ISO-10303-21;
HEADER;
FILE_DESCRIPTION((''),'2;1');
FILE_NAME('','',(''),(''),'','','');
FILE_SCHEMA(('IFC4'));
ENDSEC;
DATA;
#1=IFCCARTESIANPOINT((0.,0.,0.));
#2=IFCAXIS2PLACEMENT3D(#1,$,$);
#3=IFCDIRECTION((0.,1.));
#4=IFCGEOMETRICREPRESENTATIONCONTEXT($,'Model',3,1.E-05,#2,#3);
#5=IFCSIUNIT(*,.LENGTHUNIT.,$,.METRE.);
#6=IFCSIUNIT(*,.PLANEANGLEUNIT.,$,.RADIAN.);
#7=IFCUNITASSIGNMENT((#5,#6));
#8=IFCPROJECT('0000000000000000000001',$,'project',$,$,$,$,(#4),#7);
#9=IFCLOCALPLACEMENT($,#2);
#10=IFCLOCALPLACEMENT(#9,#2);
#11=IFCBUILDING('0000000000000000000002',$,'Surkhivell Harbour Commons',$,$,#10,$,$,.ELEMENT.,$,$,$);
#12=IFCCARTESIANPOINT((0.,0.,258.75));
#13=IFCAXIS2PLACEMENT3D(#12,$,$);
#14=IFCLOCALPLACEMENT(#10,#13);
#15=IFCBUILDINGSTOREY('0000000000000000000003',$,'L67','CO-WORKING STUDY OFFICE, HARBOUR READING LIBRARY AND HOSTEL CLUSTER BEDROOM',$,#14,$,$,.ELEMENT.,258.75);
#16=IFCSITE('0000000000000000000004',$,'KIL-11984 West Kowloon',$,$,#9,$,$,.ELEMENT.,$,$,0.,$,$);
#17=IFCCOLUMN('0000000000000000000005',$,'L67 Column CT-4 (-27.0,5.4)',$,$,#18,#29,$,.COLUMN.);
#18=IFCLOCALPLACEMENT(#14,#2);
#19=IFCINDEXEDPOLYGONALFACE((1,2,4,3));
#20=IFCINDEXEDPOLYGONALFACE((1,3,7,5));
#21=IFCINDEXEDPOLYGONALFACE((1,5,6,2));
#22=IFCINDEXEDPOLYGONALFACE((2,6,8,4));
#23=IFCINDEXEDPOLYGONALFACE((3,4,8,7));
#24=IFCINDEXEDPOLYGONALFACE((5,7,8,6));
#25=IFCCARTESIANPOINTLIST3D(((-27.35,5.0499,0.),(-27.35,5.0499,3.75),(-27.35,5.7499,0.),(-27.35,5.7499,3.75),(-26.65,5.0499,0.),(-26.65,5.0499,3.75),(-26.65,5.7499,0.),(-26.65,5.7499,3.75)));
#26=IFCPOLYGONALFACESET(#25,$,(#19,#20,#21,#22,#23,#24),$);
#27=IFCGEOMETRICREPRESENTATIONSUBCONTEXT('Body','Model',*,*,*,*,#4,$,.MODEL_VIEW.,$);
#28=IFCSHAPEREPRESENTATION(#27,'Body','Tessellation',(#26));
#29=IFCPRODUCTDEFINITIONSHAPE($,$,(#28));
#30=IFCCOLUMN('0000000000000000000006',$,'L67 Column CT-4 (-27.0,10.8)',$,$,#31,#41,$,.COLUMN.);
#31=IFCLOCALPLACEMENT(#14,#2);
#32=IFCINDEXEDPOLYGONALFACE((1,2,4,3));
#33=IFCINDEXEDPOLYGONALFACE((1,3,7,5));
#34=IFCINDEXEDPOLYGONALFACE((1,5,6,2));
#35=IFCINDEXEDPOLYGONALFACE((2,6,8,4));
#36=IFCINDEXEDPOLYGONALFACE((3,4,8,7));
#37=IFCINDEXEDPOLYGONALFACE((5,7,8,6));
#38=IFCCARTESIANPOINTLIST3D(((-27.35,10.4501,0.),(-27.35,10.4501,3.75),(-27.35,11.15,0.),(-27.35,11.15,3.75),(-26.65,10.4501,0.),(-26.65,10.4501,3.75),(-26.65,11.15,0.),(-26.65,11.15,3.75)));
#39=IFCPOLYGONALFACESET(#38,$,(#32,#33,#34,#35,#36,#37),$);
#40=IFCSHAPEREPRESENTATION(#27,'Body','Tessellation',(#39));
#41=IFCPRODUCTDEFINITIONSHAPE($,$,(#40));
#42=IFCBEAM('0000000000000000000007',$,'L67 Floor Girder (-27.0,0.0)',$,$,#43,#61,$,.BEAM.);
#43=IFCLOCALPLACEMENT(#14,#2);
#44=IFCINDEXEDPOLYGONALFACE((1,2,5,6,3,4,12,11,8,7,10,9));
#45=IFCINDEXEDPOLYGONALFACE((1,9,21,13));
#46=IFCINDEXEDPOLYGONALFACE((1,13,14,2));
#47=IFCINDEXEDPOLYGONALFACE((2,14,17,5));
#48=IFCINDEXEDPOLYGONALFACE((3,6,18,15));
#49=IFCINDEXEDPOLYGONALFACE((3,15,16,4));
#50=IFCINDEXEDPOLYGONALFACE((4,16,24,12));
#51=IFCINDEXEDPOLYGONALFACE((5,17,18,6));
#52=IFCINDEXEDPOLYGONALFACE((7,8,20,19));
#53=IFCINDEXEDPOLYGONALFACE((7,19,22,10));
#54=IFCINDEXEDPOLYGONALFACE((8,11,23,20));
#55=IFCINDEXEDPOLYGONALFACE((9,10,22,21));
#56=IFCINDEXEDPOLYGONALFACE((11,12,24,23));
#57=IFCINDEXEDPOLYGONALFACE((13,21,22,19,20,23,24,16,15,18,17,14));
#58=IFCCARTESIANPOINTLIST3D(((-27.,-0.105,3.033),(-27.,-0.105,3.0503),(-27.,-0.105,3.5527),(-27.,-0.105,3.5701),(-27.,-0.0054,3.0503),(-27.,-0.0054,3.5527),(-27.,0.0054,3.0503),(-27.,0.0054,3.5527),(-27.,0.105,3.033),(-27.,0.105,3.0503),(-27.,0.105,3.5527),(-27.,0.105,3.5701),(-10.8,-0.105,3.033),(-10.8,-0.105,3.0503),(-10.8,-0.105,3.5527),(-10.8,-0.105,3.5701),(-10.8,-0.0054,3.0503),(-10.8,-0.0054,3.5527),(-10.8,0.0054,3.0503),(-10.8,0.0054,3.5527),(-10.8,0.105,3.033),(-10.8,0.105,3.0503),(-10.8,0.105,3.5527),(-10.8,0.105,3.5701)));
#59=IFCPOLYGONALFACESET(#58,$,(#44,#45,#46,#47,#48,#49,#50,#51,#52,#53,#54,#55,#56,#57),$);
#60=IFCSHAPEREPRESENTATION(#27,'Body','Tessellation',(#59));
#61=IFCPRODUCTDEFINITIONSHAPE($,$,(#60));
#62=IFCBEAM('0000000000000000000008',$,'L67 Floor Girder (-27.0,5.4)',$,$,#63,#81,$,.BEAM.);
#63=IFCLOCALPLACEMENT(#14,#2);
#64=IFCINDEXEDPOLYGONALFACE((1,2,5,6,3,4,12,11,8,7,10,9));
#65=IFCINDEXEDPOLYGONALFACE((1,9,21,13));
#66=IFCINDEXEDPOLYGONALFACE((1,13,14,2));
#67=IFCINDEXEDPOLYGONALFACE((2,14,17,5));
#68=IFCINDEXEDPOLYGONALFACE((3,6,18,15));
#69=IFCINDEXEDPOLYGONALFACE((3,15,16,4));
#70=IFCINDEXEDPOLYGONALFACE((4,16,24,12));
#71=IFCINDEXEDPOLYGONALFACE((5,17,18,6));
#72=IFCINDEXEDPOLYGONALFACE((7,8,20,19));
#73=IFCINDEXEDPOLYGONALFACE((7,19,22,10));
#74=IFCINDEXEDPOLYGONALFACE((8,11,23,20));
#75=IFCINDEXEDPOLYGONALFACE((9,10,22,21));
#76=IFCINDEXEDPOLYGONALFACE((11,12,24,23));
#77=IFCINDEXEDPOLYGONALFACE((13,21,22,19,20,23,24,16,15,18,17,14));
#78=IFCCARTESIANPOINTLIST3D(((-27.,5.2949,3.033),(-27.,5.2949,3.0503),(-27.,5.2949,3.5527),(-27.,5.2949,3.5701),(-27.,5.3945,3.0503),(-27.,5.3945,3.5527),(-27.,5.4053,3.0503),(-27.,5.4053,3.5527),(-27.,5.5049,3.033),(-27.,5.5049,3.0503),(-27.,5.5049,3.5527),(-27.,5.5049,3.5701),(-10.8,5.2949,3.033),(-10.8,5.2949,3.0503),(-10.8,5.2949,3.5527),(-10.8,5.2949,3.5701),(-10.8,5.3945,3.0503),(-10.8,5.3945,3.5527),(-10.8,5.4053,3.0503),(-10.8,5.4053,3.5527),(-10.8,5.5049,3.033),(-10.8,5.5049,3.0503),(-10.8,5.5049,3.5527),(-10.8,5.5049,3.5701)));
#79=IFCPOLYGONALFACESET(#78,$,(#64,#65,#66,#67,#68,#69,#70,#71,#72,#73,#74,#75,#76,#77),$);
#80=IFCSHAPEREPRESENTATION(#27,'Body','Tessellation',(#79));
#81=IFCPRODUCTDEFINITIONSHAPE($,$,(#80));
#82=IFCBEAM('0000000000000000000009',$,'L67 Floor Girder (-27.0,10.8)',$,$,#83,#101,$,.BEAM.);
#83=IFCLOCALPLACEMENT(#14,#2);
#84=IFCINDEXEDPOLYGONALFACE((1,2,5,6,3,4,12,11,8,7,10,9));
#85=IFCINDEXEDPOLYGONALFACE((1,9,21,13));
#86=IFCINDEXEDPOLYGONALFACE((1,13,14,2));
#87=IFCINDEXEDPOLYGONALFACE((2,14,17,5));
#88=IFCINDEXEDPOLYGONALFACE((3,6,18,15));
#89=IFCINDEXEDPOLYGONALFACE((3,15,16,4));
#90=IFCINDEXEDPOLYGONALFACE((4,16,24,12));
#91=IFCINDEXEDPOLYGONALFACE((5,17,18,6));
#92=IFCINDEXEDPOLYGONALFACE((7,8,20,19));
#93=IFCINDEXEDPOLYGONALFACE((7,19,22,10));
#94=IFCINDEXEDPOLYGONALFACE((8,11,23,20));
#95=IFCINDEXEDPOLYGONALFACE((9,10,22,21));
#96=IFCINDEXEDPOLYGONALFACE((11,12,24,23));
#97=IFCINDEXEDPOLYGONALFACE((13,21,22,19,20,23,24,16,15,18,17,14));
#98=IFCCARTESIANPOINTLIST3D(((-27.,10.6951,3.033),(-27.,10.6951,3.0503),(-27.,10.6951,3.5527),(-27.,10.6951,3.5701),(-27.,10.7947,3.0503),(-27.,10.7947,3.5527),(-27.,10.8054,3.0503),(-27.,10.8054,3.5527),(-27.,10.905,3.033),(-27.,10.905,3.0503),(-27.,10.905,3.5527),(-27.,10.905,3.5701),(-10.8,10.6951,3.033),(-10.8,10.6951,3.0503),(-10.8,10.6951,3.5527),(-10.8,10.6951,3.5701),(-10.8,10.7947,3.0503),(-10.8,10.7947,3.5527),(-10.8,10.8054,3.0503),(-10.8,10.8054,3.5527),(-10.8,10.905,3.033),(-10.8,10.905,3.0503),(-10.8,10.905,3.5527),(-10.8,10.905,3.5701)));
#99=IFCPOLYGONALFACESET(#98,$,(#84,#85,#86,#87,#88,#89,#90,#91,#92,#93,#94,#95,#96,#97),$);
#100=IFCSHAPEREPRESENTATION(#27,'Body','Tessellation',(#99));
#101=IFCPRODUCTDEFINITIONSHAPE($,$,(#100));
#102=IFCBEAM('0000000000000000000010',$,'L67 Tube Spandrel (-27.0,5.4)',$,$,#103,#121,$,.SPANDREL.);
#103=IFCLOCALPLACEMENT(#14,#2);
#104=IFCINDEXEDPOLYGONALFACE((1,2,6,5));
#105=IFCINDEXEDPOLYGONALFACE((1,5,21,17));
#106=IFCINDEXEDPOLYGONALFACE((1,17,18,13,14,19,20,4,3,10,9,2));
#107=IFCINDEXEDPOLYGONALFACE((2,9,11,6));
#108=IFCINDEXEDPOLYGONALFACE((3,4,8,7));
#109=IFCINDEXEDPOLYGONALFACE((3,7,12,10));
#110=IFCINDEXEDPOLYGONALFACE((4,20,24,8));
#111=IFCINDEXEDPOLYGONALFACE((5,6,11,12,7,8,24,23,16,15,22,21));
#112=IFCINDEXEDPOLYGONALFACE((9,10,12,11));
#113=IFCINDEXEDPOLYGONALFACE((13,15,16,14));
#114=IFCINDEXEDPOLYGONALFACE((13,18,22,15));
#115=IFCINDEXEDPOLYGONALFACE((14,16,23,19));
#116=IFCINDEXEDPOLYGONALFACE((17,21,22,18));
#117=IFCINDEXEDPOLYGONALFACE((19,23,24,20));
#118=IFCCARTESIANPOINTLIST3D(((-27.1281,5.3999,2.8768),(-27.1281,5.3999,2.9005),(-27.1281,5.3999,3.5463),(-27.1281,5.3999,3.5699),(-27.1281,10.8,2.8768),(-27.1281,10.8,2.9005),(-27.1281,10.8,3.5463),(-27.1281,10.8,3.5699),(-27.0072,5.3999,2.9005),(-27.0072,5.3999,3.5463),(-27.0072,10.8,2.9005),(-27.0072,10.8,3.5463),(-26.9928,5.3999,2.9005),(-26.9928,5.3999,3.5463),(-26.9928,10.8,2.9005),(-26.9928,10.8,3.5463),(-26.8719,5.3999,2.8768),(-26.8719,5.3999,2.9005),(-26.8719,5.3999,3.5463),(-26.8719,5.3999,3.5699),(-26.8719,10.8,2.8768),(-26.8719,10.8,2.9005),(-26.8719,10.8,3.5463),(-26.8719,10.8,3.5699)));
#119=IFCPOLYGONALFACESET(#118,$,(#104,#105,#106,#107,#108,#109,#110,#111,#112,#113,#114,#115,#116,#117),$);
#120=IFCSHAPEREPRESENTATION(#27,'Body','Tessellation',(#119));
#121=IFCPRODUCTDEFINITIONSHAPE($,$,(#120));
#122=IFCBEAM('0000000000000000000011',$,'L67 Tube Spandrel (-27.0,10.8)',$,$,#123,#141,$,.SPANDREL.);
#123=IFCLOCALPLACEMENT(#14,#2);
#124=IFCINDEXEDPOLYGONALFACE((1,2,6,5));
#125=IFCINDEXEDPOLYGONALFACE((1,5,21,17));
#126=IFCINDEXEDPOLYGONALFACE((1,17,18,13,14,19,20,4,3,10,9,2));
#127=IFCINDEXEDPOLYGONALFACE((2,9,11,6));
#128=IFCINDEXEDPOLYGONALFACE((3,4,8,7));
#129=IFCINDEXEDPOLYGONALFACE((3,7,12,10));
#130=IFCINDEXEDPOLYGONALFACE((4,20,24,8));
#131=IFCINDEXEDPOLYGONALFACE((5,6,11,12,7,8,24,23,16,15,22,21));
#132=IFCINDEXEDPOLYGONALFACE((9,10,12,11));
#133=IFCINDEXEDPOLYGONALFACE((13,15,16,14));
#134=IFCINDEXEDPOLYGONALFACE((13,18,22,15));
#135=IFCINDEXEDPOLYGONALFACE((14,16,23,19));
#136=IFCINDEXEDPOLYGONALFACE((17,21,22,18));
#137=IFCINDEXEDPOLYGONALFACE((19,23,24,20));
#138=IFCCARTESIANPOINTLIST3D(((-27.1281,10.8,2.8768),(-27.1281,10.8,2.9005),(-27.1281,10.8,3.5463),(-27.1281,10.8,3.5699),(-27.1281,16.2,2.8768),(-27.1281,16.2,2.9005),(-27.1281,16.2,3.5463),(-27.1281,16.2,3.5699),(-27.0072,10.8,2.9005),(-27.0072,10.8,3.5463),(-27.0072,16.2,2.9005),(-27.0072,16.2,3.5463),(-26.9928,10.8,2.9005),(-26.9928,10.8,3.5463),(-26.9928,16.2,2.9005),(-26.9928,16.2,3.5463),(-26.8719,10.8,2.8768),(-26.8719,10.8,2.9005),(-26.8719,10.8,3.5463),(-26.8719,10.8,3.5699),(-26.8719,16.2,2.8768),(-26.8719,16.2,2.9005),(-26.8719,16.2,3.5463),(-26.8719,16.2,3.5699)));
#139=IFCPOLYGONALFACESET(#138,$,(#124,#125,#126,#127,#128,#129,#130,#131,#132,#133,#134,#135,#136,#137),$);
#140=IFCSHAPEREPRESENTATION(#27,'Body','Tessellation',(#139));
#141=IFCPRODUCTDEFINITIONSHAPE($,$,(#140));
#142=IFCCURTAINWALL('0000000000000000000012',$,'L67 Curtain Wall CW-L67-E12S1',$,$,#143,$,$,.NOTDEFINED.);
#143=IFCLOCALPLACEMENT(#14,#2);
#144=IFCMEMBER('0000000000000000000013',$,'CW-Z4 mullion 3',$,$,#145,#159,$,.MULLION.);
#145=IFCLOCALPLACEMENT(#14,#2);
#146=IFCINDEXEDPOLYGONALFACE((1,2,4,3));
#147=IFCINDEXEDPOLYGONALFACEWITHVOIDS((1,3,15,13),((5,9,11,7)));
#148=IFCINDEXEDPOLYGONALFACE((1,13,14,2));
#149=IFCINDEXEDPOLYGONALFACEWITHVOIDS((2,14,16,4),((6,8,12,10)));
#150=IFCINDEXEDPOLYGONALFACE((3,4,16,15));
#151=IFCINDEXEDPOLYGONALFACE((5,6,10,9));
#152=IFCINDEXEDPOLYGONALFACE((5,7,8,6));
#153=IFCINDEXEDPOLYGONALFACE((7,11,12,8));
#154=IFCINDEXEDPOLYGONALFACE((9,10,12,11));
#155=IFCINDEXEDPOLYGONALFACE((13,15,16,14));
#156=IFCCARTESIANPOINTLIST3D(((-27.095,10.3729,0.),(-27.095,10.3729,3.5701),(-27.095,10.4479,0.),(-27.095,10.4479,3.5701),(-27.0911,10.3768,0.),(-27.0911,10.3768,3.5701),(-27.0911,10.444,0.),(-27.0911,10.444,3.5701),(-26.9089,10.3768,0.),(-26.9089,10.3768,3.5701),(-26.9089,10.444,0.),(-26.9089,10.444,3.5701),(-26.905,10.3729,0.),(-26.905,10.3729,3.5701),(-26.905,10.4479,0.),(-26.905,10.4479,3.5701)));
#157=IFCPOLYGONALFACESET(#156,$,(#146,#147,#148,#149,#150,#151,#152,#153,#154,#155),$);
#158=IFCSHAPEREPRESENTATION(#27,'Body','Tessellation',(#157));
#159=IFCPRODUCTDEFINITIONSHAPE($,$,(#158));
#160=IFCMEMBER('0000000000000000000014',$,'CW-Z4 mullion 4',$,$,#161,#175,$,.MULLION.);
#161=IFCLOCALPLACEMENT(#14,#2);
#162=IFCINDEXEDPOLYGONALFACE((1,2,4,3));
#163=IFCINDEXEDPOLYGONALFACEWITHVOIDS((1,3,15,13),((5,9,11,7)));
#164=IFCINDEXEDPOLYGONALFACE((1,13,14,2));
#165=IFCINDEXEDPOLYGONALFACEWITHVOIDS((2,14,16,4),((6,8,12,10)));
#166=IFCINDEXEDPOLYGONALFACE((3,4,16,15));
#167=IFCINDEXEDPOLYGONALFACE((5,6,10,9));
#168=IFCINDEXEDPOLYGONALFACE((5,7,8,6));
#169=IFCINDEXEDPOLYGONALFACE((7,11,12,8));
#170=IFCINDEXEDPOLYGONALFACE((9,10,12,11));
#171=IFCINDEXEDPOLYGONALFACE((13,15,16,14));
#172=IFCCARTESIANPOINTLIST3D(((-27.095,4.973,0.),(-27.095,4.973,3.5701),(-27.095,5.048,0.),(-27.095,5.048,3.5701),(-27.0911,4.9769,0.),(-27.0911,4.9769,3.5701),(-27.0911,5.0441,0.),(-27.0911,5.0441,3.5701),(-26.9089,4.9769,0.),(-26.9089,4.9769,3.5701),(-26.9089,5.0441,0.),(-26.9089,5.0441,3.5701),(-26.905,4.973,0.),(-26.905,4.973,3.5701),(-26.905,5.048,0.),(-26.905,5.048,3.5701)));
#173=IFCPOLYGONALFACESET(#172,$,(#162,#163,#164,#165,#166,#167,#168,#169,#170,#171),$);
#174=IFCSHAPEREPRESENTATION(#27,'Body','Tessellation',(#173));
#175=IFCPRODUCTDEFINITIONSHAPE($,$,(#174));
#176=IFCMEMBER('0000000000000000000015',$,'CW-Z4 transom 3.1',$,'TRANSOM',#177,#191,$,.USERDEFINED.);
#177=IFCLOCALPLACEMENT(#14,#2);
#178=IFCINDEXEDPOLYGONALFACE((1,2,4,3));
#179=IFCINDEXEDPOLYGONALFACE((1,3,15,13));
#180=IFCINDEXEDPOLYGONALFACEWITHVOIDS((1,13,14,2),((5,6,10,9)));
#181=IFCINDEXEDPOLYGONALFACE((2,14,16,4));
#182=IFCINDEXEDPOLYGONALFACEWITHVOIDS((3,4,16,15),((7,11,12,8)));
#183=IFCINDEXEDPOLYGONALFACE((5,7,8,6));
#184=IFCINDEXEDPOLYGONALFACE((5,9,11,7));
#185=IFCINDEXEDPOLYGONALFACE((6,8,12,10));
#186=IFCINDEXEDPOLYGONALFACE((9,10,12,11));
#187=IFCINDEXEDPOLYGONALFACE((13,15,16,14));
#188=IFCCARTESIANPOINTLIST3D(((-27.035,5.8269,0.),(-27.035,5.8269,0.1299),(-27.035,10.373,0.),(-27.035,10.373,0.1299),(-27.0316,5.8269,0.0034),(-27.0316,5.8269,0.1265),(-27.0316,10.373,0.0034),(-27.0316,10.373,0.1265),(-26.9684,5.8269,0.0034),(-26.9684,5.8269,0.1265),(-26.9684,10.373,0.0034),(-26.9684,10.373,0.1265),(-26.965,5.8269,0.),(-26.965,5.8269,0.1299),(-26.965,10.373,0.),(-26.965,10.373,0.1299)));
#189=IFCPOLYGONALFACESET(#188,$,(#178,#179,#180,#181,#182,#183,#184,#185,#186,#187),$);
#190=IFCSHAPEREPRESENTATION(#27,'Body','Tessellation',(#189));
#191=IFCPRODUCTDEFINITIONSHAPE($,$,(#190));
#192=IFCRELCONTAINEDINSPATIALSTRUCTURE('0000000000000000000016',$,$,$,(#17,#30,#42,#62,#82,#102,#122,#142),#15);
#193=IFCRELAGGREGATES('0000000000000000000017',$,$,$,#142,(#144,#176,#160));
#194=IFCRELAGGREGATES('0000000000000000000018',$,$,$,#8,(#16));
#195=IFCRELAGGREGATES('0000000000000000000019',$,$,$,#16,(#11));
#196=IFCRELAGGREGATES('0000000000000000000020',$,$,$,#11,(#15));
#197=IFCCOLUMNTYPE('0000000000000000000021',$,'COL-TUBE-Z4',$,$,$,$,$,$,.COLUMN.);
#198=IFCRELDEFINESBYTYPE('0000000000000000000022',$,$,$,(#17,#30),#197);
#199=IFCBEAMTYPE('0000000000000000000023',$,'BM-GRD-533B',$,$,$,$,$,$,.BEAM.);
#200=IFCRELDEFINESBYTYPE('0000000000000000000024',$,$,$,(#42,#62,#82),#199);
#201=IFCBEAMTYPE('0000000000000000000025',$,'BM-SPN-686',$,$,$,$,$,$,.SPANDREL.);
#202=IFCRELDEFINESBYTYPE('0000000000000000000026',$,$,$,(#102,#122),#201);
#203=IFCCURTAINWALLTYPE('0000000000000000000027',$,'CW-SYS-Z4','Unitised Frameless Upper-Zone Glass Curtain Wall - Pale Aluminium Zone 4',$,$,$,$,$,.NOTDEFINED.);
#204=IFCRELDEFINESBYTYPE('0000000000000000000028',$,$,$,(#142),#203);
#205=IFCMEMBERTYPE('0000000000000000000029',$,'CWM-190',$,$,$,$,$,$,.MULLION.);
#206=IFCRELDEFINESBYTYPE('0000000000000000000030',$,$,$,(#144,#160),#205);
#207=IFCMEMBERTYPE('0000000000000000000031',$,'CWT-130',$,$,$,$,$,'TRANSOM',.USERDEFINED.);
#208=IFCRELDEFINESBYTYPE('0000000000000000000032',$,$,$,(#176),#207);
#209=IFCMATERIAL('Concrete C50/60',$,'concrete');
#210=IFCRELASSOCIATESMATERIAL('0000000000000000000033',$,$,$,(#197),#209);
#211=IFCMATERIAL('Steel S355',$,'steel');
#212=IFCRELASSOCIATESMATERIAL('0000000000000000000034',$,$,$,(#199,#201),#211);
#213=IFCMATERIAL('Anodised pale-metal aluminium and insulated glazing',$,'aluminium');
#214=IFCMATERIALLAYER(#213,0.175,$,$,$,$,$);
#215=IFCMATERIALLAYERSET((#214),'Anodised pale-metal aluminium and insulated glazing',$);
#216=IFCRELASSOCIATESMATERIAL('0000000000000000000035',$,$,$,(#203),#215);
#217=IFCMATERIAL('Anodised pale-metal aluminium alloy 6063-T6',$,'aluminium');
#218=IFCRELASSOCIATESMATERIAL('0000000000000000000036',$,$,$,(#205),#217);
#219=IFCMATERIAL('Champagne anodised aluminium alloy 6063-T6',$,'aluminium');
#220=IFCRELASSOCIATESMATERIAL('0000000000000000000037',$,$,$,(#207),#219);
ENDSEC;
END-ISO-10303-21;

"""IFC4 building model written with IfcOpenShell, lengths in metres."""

from ifc_helpers import new_model, si_unit, direction, frame, origin, origin_2d, place, context, subcontext, project, spatial, rectangle, hollow_rectangle, i_section, extrude, material, layer, layer_set, material_profile, profile_set, type_object, element, aggregate, save


model = new_model("IFC4")

# Units and contexts
model_context = context("Model", 3, precision=1e-05, world=origin(), true_north=direction((0.0, 1.0)))
body_context = subcontext(model_context, "Body", "Model", "MODEL_VIEW")
ifc_project = project(units=[si_unit("LENGTHUNIT", "METRE"), si_unit("PLANEANGLEUNIT", "RADIAN")], contexts=[model_context])

# Site, building, storey
site_placement = place(None, origin())
site = spatial("IfcSite", under=ifc_project, at=site_placement, Name="KIL-11984 West Kowloon", CompositionType="ELEMENT", RefElevation=0.0)
building_placement = place(site_placement, origin())
building = spatial("IfcBuilding", under=site, at=building_placement, Name="Surkhivell Harbour Commons", CompositionType="ELEMENT")
storey_placement = place(building_placement, frame((0.0, 0.0, 258.75)))
storey = spatial("IfcBuildingStorey", under=building, at=storey_placement, Name="L67", Description="CO-WORKING STUDY OFFICE, HARBOUR READING LIBRARY AND HOSTEL CLUSTER BEDROOM", CompositionType="ELEMENT", Elevation=258.75)

# Columns
ifc_material_1 = material(Name="Concrete C50/60", Category="concrete")
ifc_material_profile_1 = material_profile(ifc_material_1, rectangle(XDim=0.7, YDim=0.7, at=origin_2d()), Name="RC-COL-700x700")
ifc_profile_set_1 = profile_set([ifc_material_profile_1], Name="Concrete C50/60")
column_type = type_object("IfcColumnType", Name="COL-TUBE-Z4", PredefinedType="COLUMN", material=ifc_profile_set_1)
for number, where, z_axis, x_axis, name in (
    (1, (-27.0, 5.3999, 0.0), (0.0, 0.0, 1.0), (1.0, 0.0, 0.0), "L67 Column CT-4 (-27.0,5.4)"),
    (2, (-27.0, 10.8, 0.0), (0.0, 0.0, 1.0), (1.0, 0.0, 0.0), "L67 Column CT-4 (-27.0,10.8)"),
):
    element("IfcColumn", number, at=place(storey_placement, frame(where, z_axis=z_axis, x_axis=x_axis)), inside=storey, type_object=column_type, Name=name, PredefinedType="COLUMN", context=body_context, shape_type="SweptSolid", body=[
        extrude(rectangle(XDim=0.7, YDim=0.7, at=origin_2d()), origin(), (0.0, 0.0, 1.0), 3.75),
    ])

# Beams
ifc_material_2 = material(Name="Steel S355", Category="steel")
ifc_material_profile_2 = material_profile(ifc_material_2, i_section(OverallWidth=0.21, OverallDepth=0.5371, WebThickness=0.0107, FlangeThickness=0.0173, at=origin_2d()), Name="UB533x210x101")
ifc_profile_set_2 = profile_set([ifc_material_profile_2], Name="Steel S355")
beam_type_1 = type_object("IfcBeamType", Name="BM-GRD-533B", PredefinedType="BEAM", material=ifc_profile_set_2)
for number, where, z_axis, x_axis, name in (
    (3, (-27.0, 0.0, 3.3015), (1.0, 0.0, 0.0), (0.0, 1.0, 0.0), "L67 Floor Girder (-27.0,0.0)"),
    (4, (-27.0, 5.3999, 3.3015), (1.0, 0.0, 0.0), (0.0, 1.0, 0.0), "L67 Floor Girder (-27.0,5.4)"),
    (5, (-27.0, 10.8, 3.3015), (1.0, 0.0, 0.0), (0.0, 1.0, 0.0), "L67 Floor Girder (-27.0,10.8)"),
):
    element("IfcBeam", number, at=place(storey_placement, frame(where, z_axis=z_axis, x_axis=x_axis)), inside=storey, type_object=beam_type_1, Name=name, PredefinedType="BEAM", context=body_context, shape_type="SweptSolid", body=[
        extrude(i_section(OverallWidth=0.21, OverallDepth=0.5371, WebThickness=0.0107, FlangeThickness=0.0173, at=origin_2d()), origin(), (0.0, 0.0, 1.0), 16.2),
    ])
ifc_material_profile_3 = material_profile(ifc_material_2, i_section(OverallWidth=0.2561, OverallDepth=0.6931, WebThickness=0.0144, FlangeThickness=0.0237, at=origin_2d()), Name="UB686x254x170")
ifc_profile_set_3 = profile_set([ifc_material_profile_3], Name="Steel S355")
beam_type_2 = type_object("IfcBeamType", Name="BM-SPN-686", PredefinedType="SPANDREL", material=ifc_profile_set_3)
beam_1_placement = place(storey_placement, frame((-27.0, 5.3999, 3.2234), z_axis=(0.0, 1.0, 0.0), x_axis=(-1.0, 0.0, 0.0)))
element("IfcBeam", 6, at=beam_1_placement, inside=storey, type_object=beam_type_2, Name="L67 Tube Spandrel (-27.0,5.4)", PredefinedType="SPANDREL", context=body_context, shape_type="SweptSolid", body=[
    extrude(i_section(OverallWidth=0.2561, OverallDepth=0.6931, WebThickness=0.0144, FlangeThickness=0.0237, at=origin_2d()), origin(), (0.0, 0.0, 1.0), 5.4001),
])
beam_2_placement = place(storey_placement, frame((-27.0, 10.8, 3.2234), z_axis=(0.0, 1.0, 0.0), x_axis=(-1.0, 0.0, 0.0)))
element("IfcBeam", 7, at=beam_2_placement, inside=storey, type_object=beam_type_2, Name="L67 Tube Spandrel (-27.0,10.8)", PredefinedType="SPANDREL", context=body_context, shape_type="SweptSolid", body=[
    extrude(i_section(OverallWidth=0.2561, OverallDepth=0.6931, WebThickness=0.0144, FlangeThickness=0.0237, at=origin_2d()), origin(), (0.0, 0.0, 1.0), 5.3999),
])

# Curtain wall, members
ifc_material_3 = material(Name="Anodised pale-metal aluminium and insulated glazing", Category="aluminium")
ifc_layer_1 = layer(ifc_material_3, 0.175)
ifc_layer_set_1 = layer_set([ifc_layer_1], Name="Anodised pale-metal aluminium and insulated glazing")
curtain_wall_type = type_object("IfcCurtainWallType", Name="CW-SYS-Z4", Description="Unitised Frameless Upper-Zone Glass Curtain Wall - Pale Aluminium Zone 4", PredefinedType="NOTDEFINED", material=ifc_layer_set_1)
curtain_wall_placement = place(storey_placement, origin())
curtain_wall = element("IfcCurtainWall", 8, at=curtain_wall_placement, inside=storey, type_object=curtain_wall_type, Name="L67 Curtain Wall CW-L67-E12S1", PredefinedType="NOTDEFINED")
ifc_material_4 = material(Name="Anodised pale-metal aluminium alloy 6063-T6", Category="aluminium")
ifc_material_profile_4 = material_profile(ifc_material_4, hollow_rectangle(XDim=0.075, YDim=0.1899, WallThickness=0.0039, at=origin_2d()), Name="ALU-MULL-75x190")
ifc_profile_set_4 = profile_set([ifc_material_profile_4], Name="Anodised pale-metal aluminium alloy 6063-T6")
member_type_1 = type_object("IfcMemberType", Name="CWM-190", PredefinedType="MULLION", material=ifc_profile_set_4)
member_1_placement = place(storey_placement, frame((-27.0, 10.4104, 0.0), z_axis=(0.0, 0.0, 1.0), x_axis=(0.0, -1.0, 0.0)))
member_1 = element("IfcMember", 9, at=member_1_placement, type_object=member_type_1, Name="CW-Z4 mullion 3", PredefinedType="MULLION", context=body_context, shape_type="SweptSolid", body=[
    extrude(hollow_rectangle(XDim=0.075, YDim=0.1899, WallThickness=0.0039, at=origin_2d()), origin(), (0.0, 0.0, 1.0), 3.5701),
])
member_2_placement = place(storey_placement, frame((-27.0, 5.0105, 0.0), z_axis=(0.0, 0.0, 1.0), x_axis=(0.0, -1.0, 0.0)))
member_2 = element("IfcMember", 10, at=member_2_placement, type_object=member_type_1, Name="CW-Z4 mullion 4", PredefinedType="MULLION", context=body_context, shape_type="SweptSolid", body=[
    extrude(hollow_rectangle(XDim=0.075, YDim=0.1899, WallThickness=0.0039, at=origin_2d()), origin(), (0.0, 0.0, 1.0), 3.5701),
])
ifc_material_5 = material(Name="Champagne anodised aluminium alloy 6063-T6", Category="aluminium")
ifc_material_profile_5 = material_profile(ifc_material_5, hollow_rectangle(XDim=0.0701, YDim=0.1299, WallThickness=0.0034, at=origin_2d()), Name="ALU-TRAN-70x130")
ifc_profile_set_5 = profile_set([ifc_material_profile_5], Name="Champagne anodised aluminium alloy 6063-T6")
member_type_2 = type_object("IfcMemberType", Name="CWT-130", ElementType="TRANSOM", PredefinedType="USERDEFINED", material=ifc_profile_set_5)
member_3_placement = place(storey_placement, frame((-27.0, 10.373, 0.0649), z_axis=(0.0, -1.0, 0.0), x_axis=(1.0, 0.0, 0.0)))
member_3 = element("IfcMember", 11, at=member_3_placement, type_object=member_type_2, Name="CW-Z4 transom 3.1", ObjectType="TRANSOM", PredefinedType="USERDEFINED", context=body_context, shape_type="SweptSolid", body=[
    extrude(hollow_rectangle(XDim=0.0701, YDim=0.1299, WallThickness=0.0034, at=origin_2d()), origin(), (0.0, 0.0, 1.0), 4.5461),
])
aggregate(curtain_wall, [member_1, member_3, member_2])

save(model, "model.ifc")
